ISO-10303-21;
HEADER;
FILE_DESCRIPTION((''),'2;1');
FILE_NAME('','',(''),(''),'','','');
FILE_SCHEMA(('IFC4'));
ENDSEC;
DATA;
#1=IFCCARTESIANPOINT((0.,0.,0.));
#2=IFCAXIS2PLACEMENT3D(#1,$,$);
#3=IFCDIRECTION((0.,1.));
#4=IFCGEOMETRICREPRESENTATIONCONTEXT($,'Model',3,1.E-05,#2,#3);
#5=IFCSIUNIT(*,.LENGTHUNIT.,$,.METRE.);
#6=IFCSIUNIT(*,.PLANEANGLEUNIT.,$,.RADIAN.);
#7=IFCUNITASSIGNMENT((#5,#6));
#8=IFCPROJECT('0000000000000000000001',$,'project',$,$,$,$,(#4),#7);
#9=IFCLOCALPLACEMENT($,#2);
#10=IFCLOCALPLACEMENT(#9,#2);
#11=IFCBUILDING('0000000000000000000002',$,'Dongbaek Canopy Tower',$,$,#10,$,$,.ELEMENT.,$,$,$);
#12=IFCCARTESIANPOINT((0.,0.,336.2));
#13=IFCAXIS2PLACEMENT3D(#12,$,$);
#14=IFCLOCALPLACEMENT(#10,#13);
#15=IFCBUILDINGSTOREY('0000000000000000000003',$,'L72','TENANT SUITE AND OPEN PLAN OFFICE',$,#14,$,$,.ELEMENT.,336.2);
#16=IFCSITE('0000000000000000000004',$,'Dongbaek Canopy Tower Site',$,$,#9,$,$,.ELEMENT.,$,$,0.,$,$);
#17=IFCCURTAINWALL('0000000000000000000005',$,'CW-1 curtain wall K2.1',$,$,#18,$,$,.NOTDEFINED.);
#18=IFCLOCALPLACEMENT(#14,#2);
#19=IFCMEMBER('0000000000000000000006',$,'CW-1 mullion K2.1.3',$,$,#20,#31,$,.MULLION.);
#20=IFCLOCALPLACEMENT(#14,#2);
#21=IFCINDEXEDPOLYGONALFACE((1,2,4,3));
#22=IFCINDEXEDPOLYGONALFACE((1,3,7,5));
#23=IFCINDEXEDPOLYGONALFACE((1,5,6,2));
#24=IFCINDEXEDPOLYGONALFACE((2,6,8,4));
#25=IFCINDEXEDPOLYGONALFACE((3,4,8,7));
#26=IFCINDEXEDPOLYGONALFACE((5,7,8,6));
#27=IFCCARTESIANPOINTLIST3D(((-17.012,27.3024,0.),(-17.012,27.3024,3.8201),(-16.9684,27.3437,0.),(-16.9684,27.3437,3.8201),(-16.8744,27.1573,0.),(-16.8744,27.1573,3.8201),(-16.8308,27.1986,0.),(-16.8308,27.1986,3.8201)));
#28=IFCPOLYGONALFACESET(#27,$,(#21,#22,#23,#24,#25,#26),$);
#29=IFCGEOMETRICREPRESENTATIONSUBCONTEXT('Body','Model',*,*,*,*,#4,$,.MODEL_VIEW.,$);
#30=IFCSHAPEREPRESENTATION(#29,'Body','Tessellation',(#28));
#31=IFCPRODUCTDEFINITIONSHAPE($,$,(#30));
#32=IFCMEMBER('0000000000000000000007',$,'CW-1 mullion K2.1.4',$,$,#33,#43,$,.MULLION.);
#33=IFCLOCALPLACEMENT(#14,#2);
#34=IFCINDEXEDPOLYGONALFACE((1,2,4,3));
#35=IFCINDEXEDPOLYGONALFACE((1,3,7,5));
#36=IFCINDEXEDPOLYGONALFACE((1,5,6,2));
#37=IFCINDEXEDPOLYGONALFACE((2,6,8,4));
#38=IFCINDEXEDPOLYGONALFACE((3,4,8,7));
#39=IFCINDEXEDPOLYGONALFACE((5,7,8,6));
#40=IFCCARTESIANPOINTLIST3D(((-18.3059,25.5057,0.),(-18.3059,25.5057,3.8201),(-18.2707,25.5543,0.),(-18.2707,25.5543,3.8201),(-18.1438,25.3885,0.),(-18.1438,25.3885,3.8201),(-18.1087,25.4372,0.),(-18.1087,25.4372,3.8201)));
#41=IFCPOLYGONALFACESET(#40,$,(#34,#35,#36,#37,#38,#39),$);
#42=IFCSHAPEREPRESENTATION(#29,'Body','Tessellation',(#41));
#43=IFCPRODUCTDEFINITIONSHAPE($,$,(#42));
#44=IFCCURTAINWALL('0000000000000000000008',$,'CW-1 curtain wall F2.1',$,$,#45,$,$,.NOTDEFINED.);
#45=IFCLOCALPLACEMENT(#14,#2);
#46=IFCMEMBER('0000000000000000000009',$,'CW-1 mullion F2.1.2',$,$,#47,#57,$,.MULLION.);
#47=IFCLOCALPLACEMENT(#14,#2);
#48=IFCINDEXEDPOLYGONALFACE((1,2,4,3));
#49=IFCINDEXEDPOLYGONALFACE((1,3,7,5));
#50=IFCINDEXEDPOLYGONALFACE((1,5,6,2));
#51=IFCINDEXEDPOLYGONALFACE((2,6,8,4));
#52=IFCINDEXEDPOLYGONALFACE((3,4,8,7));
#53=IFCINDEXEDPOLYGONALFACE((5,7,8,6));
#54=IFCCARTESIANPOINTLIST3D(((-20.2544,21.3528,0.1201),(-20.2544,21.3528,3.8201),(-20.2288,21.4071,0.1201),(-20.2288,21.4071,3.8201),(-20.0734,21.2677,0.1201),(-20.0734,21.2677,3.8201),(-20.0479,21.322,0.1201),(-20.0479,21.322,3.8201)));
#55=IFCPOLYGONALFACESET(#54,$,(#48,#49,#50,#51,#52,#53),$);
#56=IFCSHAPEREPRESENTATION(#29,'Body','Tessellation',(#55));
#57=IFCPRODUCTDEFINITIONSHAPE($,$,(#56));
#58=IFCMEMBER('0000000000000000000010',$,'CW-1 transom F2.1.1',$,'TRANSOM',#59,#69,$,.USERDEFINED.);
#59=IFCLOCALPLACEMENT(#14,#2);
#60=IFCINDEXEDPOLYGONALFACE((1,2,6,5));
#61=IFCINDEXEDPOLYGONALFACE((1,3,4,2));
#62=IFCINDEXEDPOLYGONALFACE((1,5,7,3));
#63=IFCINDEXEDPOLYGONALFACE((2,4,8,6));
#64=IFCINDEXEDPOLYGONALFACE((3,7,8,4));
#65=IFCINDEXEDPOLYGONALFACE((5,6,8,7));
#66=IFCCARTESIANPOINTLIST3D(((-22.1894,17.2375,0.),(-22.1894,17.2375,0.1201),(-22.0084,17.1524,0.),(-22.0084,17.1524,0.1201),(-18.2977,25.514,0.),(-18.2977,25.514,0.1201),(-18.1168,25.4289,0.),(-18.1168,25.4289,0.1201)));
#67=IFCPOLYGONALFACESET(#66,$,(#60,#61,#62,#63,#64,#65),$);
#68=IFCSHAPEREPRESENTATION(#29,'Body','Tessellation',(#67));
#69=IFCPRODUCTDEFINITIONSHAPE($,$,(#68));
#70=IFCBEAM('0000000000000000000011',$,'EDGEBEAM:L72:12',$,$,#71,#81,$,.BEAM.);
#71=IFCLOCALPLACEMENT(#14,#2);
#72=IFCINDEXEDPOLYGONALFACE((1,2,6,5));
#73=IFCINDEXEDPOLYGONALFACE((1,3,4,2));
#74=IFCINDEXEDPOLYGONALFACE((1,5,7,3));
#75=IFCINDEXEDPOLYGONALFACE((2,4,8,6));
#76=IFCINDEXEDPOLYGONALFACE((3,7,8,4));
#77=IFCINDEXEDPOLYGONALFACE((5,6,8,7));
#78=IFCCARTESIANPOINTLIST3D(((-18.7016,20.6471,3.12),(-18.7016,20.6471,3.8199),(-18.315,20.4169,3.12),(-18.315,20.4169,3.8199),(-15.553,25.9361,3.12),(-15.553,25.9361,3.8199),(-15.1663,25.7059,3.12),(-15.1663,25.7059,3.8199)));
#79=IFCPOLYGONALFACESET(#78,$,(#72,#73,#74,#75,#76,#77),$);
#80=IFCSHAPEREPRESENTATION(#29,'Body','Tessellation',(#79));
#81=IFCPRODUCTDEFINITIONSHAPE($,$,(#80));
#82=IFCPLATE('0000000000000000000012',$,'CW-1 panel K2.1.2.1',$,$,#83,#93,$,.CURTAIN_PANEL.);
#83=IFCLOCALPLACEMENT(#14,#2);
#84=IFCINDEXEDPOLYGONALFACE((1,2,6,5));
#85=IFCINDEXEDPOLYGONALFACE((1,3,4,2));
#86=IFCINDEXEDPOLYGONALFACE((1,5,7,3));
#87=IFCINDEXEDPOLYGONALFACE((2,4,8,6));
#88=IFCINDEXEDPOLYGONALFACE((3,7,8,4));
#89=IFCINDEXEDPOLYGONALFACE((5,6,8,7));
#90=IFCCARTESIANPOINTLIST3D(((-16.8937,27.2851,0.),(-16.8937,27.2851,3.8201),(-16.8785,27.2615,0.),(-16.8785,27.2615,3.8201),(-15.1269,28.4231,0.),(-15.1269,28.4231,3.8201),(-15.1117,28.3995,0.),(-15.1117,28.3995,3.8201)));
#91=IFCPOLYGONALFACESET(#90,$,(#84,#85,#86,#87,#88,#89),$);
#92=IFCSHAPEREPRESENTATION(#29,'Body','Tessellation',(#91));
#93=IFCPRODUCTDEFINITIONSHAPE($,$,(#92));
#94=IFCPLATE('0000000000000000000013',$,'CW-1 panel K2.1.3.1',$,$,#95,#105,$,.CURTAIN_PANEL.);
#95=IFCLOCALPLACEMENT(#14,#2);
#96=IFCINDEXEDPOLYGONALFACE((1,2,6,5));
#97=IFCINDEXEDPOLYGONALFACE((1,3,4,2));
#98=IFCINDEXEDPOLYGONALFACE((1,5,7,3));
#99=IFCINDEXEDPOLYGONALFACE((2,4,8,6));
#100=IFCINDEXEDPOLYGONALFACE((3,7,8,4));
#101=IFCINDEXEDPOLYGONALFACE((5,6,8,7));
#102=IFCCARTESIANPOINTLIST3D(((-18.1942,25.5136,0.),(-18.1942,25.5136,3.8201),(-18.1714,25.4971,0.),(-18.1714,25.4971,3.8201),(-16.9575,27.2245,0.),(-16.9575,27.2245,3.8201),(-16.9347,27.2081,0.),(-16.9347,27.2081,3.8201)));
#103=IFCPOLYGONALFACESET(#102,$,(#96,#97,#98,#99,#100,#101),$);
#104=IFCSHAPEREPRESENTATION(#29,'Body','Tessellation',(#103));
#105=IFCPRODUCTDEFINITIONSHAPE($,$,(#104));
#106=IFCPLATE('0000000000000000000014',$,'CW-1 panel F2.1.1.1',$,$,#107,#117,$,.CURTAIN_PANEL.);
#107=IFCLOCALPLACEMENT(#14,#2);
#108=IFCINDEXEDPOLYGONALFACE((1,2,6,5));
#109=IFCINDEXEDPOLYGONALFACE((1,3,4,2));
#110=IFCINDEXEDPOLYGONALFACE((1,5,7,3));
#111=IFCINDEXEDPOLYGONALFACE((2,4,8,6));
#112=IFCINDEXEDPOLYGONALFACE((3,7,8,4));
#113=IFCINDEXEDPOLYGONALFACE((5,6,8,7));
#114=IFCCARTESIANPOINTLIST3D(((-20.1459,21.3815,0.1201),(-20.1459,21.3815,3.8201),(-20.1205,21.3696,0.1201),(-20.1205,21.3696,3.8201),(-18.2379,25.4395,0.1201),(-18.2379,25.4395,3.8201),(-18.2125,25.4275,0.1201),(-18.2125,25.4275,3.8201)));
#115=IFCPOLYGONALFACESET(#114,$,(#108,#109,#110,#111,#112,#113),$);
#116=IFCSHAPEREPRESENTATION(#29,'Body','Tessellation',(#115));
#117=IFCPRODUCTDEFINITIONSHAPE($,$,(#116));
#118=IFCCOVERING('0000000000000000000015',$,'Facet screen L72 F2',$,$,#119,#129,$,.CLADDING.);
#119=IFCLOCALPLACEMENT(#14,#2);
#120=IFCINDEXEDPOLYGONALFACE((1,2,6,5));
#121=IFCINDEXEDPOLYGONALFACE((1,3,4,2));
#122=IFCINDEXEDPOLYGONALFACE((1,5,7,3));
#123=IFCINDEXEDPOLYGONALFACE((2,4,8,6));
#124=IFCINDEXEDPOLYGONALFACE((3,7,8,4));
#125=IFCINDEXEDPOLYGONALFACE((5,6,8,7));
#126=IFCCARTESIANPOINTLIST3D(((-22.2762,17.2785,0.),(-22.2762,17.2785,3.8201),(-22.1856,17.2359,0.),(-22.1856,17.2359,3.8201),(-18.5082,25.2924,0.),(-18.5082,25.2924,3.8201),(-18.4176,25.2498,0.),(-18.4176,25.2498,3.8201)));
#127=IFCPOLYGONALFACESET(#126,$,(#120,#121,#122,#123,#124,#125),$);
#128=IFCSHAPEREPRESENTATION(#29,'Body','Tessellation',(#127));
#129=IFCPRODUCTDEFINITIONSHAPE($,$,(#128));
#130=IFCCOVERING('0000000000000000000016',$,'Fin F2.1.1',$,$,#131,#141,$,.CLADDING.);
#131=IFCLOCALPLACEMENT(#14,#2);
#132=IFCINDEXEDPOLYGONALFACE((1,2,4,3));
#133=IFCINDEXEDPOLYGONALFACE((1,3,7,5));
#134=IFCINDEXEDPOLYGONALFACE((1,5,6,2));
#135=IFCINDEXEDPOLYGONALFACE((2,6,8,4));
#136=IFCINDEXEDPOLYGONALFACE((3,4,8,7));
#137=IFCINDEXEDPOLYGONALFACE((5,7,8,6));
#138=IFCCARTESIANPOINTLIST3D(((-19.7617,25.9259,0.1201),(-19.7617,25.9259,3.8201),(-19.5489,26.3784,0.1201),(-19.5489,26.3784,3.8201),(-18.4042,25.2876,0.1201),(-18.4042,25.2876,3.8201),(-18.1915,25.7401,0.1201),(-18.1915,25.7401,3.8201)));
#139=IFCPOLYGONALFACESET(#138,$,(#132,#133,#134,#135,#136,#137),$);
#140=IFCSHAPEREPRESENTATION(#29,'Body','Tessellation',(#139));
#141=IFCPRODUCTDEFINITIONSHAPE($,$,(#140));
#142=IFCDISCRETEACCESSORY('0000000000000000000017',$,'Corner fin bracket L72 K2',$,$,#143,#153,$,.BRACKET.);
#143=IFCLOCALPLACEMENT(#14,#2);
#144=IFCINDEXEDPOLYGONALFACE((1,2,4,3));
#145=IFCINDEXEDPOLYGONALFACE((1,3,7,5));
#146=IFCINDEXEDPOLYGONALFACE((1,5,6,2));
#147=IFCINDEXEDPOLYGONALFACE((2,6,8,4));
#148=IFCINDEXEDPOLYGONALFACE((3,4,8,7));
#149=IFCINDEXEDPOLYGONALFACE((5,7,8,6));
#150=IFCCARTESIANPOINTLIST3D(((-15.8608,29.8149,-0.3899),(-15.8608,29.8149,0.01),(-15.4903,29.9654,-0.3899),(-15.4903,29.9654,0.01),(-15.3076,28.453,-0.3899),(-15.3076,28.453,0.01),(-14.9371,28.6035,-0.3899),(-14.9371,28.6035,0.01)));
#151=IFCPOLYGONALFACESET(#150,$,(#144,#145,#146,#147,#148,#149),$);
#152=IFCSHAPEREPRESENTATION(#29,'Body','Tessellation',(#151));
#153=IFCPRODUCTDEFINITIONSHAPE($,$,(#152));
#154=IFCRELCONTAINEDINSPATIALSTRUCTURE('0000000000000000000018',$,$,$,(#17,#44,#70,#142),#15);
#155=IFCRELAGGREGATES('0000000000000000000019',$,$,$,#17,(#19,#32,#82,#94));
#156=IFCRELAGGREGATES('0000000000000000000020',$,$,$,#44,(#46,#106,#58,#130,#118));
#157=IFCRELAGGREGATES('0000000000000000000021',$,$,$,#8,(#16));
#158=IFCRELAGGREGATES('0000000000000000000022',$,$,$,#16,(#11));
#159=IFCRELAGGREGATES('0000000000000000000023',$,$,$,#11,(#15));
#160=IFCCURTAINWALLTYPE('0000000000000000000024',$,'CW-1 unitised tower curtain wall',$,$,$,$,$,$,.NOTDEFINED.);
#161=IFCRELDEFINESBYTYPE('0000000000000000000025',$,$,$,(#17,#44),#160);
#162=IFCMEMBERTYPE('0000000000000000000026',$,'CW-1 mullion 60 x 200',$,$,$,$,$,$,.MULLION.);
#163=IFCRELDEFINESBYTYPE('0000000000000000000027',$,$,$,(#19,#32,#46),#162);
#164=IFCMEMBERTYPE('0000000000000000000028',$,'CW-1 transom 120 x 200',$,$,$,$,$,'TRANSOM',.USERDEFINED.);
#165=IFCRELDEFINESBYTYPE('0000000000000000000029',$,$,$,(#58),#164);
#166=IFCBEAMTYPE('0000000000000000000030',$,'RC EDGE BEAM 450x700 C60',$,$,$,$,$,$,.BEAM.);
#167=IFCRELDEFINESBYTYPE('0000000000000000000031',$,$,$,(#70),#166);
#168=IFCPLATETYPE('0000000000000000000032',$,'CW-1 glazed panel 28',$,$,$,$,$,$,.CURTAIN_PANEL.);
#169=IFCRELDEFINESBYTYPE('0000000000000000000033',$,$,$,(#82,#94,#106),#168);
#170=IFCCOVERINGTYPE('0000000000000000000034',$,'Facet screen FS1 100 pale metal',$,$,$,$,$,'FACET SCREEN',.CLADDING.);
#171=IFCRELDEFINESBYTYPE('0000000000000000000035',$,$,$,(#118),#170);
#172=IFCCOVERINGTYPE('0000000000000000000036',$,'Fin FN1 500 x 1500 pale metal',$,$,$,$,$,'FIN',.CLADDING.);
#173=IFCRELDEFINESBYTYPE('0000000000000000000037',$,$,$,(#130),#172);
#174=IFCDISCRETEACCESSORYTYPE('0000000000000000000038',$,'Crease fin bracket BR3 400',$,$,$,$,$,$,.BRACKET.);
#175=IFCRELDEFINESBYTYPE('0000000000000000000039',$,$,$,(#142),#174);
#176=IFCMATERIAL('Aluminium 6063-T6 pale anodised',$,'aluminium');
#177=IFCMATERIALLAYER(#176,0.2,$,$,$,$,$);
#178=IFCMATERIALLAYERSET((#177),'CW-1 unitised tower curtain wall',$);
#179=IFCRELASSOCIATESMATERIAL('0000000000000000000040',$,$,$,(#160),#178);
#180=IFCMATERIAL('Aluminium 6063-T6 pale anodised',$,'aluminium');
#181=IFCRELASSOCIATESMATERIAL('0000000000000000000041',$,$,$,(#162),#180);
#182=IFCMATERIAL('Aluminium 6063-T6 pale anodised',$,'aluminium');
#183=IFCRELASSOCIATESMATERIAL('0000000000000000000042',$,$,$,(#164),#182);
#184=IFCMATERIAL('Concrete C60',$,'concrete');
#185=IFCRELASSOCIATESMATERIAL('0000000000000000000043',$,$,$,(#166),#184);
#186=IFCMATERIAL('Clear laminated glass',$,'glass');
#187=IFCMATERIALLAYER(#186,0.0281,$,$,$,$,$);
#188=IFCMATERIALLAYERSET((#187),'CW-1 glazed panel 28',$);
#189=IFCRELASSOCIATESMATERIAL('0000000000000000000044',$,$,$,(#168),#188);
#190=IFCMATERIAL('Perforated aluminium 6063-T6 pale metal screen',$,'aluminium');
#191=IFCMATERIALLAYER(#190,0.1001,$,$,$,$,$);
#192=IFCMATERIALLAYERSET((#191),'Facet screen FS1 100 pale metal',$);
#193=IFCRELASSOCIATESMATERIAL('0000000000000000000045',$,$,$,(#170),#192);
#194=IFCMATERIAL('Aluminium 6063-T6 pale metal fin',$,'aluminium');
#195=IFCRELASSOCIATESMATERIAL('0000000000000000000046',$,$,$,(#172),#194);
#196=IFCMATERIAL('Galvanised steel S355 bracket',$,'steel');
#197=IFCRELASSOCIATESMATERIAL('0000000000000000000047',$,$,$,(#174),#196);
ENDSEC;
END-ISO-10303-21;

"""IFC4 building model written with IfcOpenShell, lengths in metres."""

from ifc_helpers import new_model, si_unit, direction, frame, origin, origin_2d, place, context, subcontext, project, spatial, rectangle, extrude, material, layer, layer_set, material_profile, profile_set, type_object, element, aggregate, save


model = new_model("IFC4")

# Units and contexts
model_context = context("Model", 3, precision=1e-05, world=origin(), true_north=direction((0.0, 1.0)))
body_context = subcontext(model_context, "Body", "Model", "MODEL_VIEW")
ifc_project = project(units=[si_unit("LENGTHUNIT", "METRE"), si_unit("PLANEANGLEUNIT", "RADIAN")], contexts=[model_context])

# Site, building, storey
site_placement = place(None, origin())
site = spatial("IfcSite", under=ifc_project, at=site_placement, Name="Dongbaek Canopy Tower Site", CompositionType="ELEMENT", RefElevation=0.0)
building_placement = place(site_placement, origin())
building = spatial("IfcBuilding", under=site, at=building_placement, Name="Dongbaek Canopy Tower", CompositionType="ELEMENT")
storey_placement = place(building_placement, frame((0.0, 0.0, 336.2)))
storey = spatial("IfcBuildingStorey", under=building, at=storey_placement, Name="L72", Description="TENANT SUITE AND OPEN PLAN OFFICE", CompositionType="ELEMENT", Elevation=336.2)

# Curtain walls, members
ifc_material_1 = material(Name="Aluminium 6063-T6 pale anodised", Category="aluminium")
ifc_layer_1 = layer(ifc_material_1, 0.2)
ifc_layer_set_1 = layer_set([ifc_layer_1], Name="CW-1 unitised tower curtain wall")
curtain_wall_type = type_object("IfcCurtainWallType", Name="CW-1 unitised tower curtain wall", PredefinedType="NOTDEFINED", material=ifc_layer_set_1)
curtain_wall_1_placement = place(storey_placement, origin())
curtain_wall_1 = element("IfcCurtainWall", 1, at=curtain_wall_1_placement, inside=storey, type_object=curtain_wall_type, Name="CW-1 curtain wall K2.1", PredefinedType="NOTDEFINED")
ifc_material_2 = material(Name="Aluminium 6063-T6 pale anodised", Category="aluminium")
ifc_material_profile_1 = material_profile(ifc_material_2, rectangle(XDim=0.2, YDim=0.0601, at=origin_2d()), Name="CW-1 mullion 60 x 200")
ifc_profile_set_1 = profile_set([ifc_material_profile_1], Name="Aluminium 6063-T6 pale anodised")
member_type_1 = type_object("IfcMemberType", Name="CW-1 mullion 60 x 200", PredefinedType="MULLION", material=ifc_profile_set_1)
member_1_placement = place(storey_placement, frame((-16.9214, 27.2505, 0.0), z_axis=(0.0, 0.0, 1.0), x_axis=(-0.687889, 0.725816, 0.0)))
member_1 = element("IfcMember", 2, at=member_1_placement, type_object=member_type_1, Name="CW-1 mullion K2.1.3", PredefinedType="MULLION", context=body_context, shape_type="SweptSolid", body=[
    extrude(rectangle(XDim=0.2, YDim=0.0601, at=origin_2d()), origin(), (0.0, 0.0, 1.0), 3.8201),
])
member_2_placement = place(storey_placement, frame((-18.2073, 25.4714, 0.0), z_axis=(0.0, 0.0, 1.0), x_axis=(-0.810455, 0.5858, 0.0)))
member_2 = element("IfcMember", 3, at=member_2_placement, type_object=member_type_1, Name="CW-1 mullion K2.1.4", PredefinedType="MULLION", context=body_context, shape_type="SweptSolid", body=[
    extrude(rectangle(XDim=0.2, YDim=0.0601, at=origin_2d()), origin(), (0.0, 0.0, 1.0), 3.8201),
])
curtain_wall_2_placement = place(storey_placement, origin())
curtain_wall_2 = element("IfcCurtainWall", 4, at=curtain_wall_2_placement, inside=storey, type_object=curtain_wall_type, Name="CW-1 curtain wall F2.1", PredefinedType="NOTDEFINED")
member_3_placement = place(storey_placement, frame((-20.1511, 21.3374, 0.1201), z_axis=(0.0, 0.0, 1.0), x_axis=(-0.904958, 0.4255, 0.0)))
member_3 = element("IfcMember", 5, at=member_3_placement, type_object=member_type_1, Name="CW-1 mullion F2.1.2", PredefinedType="MULLION", context=body_context, shape_type="SweptSolid", body=[
    extrude(rectangle(XDim=0.2, YDim=0.0601, at=origin_2d()), origin(), (0.0, 0.0, 1.0), 3.7),
])
ifc_material_3 = material(Name="Aluminium 6063-T6 pale anodised", Category="aluminium")
ifc_material_profile_2 = material_profile(ifc_material_3, rectangle(XDim=0.2, YDim=0.1201, at=origin_2d()), Name="CW-1 transom 120 x 200")
ifc_profile_set_2 = profile_set([ifc_material_profile_2], Name="Aluminium 6063-T6 pale anodised")
member_type_2 = type_object("IfcMemberType", Name="CW-1 transom 120 x 200", ElementType="TRANSOM", PredefinedType="USERDEFINED", material=ifc_profile_set_2)
member_4_placement = place(storey_placement, frame((-18.2073, 25.4714, 0.0601), z_axis=(-0.425514, -0.904952, 0.0), x_axis=(0.904952, -0.425514, 0.0)))
member_4 = element("IfcMember", 6, at=member_4_placement, type_object=member_type_2, Name="CW-1 transom F2.1.1", ObjectType="TRANSOM", PredefinedType="USERDEFINED", context=body_context, shape_type="SweptSolid", body=[
    extrude(rectangle(XDim=0.2, YDim=0.1201, at=origin_2d()), origin(), (0.0, 0.0, 1.0), 9.1458),
])

# Beam
ifc_material_4 = material(Name="Concrete C60", Category="concrete")
ifc_material_profile_3 = material_profile(ifc_material_4, rectangle(XDim=0.45, YDim=0.7, at=origin_2d()), Name="RC EDGE BEAM 450x700 C60")
ifc_profile_set_3 = profile_set([ifc_material_profile_3], Name="Concrete C60")
beam_type = type_object("IfcBeamType", Name="RC EDGE BEAM 450x700 C60", PredefinedType="BEAM", material=ifc_profile_set_3)
beam_placement = place(storey_placement, frame((-18.5083, 20.532, 3.47), z_axis=(0.511535, 0.859262, 0.0), x_axis=(-0.859262, 0.511535, 0.0)))
element("IfcBeam", 7, at=beam_placement, inside=storey, type_object=beam_type, Name="EDGEBEAM:L72:12", PredefinedType="BEAM", context=body_context, shape_type="SweptSolid", body=[
    extrude(rectangle(XDim=0.45, YDim=0.7, at=origin_2d()), origin(), (0.0, 0.0, 1.0), 6.1553),
])

# Plates
ifc_material_5 = material(Name="Clear laminated glass", Category="glass")
ifc_layer_2 = layer(ifc_material_5, 0.0281)
ifc_layer_set_2 = layer_set([ifc_layer_2], Name="CW-1 glazed panel 28")
plate_type = type_object("IfcPlateType", Name="CW-1 glazed panel 28", PredefinedType="CURTAIN_PANEL", material=ifc_layer_set_2)
plate_1_placement = place(storey_placement, frame((-16.0027, 27.8423, 0.0), z_axis=(0.0, 0.0, 1.0), x_axis=(-0.840699, -0.541503, 0.0)))
plate_1 = element("IfcPlate", 8, at=plate_1_placement, type_object=plate_type, Name="CW-1 panel K2.1.2.1", PredefinedType="CURTAIN_PANEL", context=body_context, shape_type="SweptSolid", body=[
    extrude(rectangle(XDim=2.1016, YDim=0.0281, at=origin_2d()), origin(), (0.0, 0.0, 1.0), 3.8201),
])
plate_2_placement = place(storey_placement, frame((-17.5645, 26.3608, 0.0), z_axis=(0.0, 0.0, 1.0), x_axis=(-0.5858, -0.810455, 0.0)))
plate_2 = element("IfcPlate", 9, at=plate_2_placement, type_object=plate_type, Name="CW-1 panel K2.1.3.1", PredefinedType="CURTAIN_PANEL", context=body_context, shape_type="SweptSolid", body=[
    extrude(rectangle(XDim=2.1111, YDim=0.0281, at=origin_2d()), origin(), (0.0, 0.0, 1.0), 3.8201),
])
aggregate(curtain_wall_1, [member_1, member_2, plate_1, plate_2])
plate_3_placement = place(storey_placement, frame((-19.1792, 23.4045, 0.1201), z_axis=(0.0, 0.0, 1.0), x_axis=(-0.4255, -0.904958, 0.0)))
plate_3 = element("IfcPlate", 10, at=plate_3_placement, type_object=plate_type, Name="CW-1 panel F2.1.1.1", PredefinedType="CURTAIN_PANEL", context=body_context, shape_type="SweptSolid", body=[
    extrude(rectangle(XDim=4.4841, YDim=0.0281, at=origin_2d()), origin(), (0.0, 0.0, 1.0), 3.7),
])

# Coverings
ifc_material_6 = material(Name="Perforated aluminium 6063-T6 pale metal screen", Category="aluminium")
ifc_layer_3 = layer(ifc_material_6, 0.1001)
ifc_layer_set_3 = layer_set([ifc_layer_3], Name="Facet screen FS1 100 pale metal")
covering_type_1 = type_object("IfcCoveringType", Name="Facet screen FS1 100 pale metal", ElementType="FACET SCREEN", PredefinedType="CLADDING", material=ifc_layer_set_3)
covering_1_placement = place(storey_placement, frame((-20.3469, 21.2642, 0.0), z_axis=(0.0, 0.0, 1.0), x_axis=(-0.4255, -0.904959, 0.0)))
covering_1 = element("IfcCovering", 11, at=covering_1_placement, type_object=covering_type_1, Name="Facet screen L72 F2", PredefinedType="CLADDING", context=body_context, shape_type="SweptSolid", body=[
    extrude(rectangle(XDim=8.8555, YDim=0.1001, at=origin_2d()), origin(), (0.0, 0.0, 1.0), 3.8201),
])
ifc_material_7 = material(Name="Aluminium 6063-T6 pale metal fin", Category="aluminium")
ifc_material_profile_4 = material_profile(ifc_material_7, rectangle(XDim=1.5, YDim=0.5, at=origin_2d()), Name="Fin FN1 500 x 1500 pale metal")
ifc_profile_set_4 = profile_set([ifc_material_profile_4], Name="Aluminium 6063-T6 pale metal fin")
covering_type_2 = type_object("IfcCoveringType", Name="Fin FN1 500 x 1500 pale metal", ElementType="FIN", PredefinedType="CLADDING", material=ifc_profile_set_4)
covering_2_placement = place(storey_placement, frame((-18.9766, 25.833, 0.1201), z_axis=(0.0, 0.0, 1.0), x_axis=(-0.904958, 0.4255, 0.0)))
covering_2 = element("IfcCovering", 12, at=covering_2_placement, type_object=covering_type_2, Name="Fin F2.1.1", PredefinedType="CLADDING", context=body_context, shape_type="SweptSolid", body=[
    extrude(rectangle(XDim=1.5, YDim=0.5, at=origin_2d()), origin(), (0.0, 0.0, 1.0), 3.7),
])
aggregate(curtain_wall_2, [member_3, plate_3, member_4, covering_2, covering_1])

# Discrete accessory
ifc_material_8 = material(Name="Galvanised steel S355 bracket", Category="steel")
discrete_accessory_type = type_object("IfcDiscreteAccessoryType", Name="Crease fin bracket BR3 400", PredefinedType="BRACKET", material=ifc_material_8)
discrete_accessory_placement = place(storey_placement, frame((-15.3989, 29.2092, -0.3899), z_axis=(0.0, 0.0, 1.0), x_axis=(-0.376367, 0.926471, 0.0)))
element("IfcDiscreteAccessory", 13, at=discrete_accessory_placement, inside=storey, type_object=discrete_accessory_type, Name="Corner fin bracket L72 K2", PredefinedType="BRACKET", context=body_context, shape_type="SweptSolid", body=[
    extrude(rectangle(XDim=1.47, YDim=0.3999, at=origin_2d()), origin(), (0.0, 0.0, 1.0), 0.3999),
])

save(model, "model.ifc")
